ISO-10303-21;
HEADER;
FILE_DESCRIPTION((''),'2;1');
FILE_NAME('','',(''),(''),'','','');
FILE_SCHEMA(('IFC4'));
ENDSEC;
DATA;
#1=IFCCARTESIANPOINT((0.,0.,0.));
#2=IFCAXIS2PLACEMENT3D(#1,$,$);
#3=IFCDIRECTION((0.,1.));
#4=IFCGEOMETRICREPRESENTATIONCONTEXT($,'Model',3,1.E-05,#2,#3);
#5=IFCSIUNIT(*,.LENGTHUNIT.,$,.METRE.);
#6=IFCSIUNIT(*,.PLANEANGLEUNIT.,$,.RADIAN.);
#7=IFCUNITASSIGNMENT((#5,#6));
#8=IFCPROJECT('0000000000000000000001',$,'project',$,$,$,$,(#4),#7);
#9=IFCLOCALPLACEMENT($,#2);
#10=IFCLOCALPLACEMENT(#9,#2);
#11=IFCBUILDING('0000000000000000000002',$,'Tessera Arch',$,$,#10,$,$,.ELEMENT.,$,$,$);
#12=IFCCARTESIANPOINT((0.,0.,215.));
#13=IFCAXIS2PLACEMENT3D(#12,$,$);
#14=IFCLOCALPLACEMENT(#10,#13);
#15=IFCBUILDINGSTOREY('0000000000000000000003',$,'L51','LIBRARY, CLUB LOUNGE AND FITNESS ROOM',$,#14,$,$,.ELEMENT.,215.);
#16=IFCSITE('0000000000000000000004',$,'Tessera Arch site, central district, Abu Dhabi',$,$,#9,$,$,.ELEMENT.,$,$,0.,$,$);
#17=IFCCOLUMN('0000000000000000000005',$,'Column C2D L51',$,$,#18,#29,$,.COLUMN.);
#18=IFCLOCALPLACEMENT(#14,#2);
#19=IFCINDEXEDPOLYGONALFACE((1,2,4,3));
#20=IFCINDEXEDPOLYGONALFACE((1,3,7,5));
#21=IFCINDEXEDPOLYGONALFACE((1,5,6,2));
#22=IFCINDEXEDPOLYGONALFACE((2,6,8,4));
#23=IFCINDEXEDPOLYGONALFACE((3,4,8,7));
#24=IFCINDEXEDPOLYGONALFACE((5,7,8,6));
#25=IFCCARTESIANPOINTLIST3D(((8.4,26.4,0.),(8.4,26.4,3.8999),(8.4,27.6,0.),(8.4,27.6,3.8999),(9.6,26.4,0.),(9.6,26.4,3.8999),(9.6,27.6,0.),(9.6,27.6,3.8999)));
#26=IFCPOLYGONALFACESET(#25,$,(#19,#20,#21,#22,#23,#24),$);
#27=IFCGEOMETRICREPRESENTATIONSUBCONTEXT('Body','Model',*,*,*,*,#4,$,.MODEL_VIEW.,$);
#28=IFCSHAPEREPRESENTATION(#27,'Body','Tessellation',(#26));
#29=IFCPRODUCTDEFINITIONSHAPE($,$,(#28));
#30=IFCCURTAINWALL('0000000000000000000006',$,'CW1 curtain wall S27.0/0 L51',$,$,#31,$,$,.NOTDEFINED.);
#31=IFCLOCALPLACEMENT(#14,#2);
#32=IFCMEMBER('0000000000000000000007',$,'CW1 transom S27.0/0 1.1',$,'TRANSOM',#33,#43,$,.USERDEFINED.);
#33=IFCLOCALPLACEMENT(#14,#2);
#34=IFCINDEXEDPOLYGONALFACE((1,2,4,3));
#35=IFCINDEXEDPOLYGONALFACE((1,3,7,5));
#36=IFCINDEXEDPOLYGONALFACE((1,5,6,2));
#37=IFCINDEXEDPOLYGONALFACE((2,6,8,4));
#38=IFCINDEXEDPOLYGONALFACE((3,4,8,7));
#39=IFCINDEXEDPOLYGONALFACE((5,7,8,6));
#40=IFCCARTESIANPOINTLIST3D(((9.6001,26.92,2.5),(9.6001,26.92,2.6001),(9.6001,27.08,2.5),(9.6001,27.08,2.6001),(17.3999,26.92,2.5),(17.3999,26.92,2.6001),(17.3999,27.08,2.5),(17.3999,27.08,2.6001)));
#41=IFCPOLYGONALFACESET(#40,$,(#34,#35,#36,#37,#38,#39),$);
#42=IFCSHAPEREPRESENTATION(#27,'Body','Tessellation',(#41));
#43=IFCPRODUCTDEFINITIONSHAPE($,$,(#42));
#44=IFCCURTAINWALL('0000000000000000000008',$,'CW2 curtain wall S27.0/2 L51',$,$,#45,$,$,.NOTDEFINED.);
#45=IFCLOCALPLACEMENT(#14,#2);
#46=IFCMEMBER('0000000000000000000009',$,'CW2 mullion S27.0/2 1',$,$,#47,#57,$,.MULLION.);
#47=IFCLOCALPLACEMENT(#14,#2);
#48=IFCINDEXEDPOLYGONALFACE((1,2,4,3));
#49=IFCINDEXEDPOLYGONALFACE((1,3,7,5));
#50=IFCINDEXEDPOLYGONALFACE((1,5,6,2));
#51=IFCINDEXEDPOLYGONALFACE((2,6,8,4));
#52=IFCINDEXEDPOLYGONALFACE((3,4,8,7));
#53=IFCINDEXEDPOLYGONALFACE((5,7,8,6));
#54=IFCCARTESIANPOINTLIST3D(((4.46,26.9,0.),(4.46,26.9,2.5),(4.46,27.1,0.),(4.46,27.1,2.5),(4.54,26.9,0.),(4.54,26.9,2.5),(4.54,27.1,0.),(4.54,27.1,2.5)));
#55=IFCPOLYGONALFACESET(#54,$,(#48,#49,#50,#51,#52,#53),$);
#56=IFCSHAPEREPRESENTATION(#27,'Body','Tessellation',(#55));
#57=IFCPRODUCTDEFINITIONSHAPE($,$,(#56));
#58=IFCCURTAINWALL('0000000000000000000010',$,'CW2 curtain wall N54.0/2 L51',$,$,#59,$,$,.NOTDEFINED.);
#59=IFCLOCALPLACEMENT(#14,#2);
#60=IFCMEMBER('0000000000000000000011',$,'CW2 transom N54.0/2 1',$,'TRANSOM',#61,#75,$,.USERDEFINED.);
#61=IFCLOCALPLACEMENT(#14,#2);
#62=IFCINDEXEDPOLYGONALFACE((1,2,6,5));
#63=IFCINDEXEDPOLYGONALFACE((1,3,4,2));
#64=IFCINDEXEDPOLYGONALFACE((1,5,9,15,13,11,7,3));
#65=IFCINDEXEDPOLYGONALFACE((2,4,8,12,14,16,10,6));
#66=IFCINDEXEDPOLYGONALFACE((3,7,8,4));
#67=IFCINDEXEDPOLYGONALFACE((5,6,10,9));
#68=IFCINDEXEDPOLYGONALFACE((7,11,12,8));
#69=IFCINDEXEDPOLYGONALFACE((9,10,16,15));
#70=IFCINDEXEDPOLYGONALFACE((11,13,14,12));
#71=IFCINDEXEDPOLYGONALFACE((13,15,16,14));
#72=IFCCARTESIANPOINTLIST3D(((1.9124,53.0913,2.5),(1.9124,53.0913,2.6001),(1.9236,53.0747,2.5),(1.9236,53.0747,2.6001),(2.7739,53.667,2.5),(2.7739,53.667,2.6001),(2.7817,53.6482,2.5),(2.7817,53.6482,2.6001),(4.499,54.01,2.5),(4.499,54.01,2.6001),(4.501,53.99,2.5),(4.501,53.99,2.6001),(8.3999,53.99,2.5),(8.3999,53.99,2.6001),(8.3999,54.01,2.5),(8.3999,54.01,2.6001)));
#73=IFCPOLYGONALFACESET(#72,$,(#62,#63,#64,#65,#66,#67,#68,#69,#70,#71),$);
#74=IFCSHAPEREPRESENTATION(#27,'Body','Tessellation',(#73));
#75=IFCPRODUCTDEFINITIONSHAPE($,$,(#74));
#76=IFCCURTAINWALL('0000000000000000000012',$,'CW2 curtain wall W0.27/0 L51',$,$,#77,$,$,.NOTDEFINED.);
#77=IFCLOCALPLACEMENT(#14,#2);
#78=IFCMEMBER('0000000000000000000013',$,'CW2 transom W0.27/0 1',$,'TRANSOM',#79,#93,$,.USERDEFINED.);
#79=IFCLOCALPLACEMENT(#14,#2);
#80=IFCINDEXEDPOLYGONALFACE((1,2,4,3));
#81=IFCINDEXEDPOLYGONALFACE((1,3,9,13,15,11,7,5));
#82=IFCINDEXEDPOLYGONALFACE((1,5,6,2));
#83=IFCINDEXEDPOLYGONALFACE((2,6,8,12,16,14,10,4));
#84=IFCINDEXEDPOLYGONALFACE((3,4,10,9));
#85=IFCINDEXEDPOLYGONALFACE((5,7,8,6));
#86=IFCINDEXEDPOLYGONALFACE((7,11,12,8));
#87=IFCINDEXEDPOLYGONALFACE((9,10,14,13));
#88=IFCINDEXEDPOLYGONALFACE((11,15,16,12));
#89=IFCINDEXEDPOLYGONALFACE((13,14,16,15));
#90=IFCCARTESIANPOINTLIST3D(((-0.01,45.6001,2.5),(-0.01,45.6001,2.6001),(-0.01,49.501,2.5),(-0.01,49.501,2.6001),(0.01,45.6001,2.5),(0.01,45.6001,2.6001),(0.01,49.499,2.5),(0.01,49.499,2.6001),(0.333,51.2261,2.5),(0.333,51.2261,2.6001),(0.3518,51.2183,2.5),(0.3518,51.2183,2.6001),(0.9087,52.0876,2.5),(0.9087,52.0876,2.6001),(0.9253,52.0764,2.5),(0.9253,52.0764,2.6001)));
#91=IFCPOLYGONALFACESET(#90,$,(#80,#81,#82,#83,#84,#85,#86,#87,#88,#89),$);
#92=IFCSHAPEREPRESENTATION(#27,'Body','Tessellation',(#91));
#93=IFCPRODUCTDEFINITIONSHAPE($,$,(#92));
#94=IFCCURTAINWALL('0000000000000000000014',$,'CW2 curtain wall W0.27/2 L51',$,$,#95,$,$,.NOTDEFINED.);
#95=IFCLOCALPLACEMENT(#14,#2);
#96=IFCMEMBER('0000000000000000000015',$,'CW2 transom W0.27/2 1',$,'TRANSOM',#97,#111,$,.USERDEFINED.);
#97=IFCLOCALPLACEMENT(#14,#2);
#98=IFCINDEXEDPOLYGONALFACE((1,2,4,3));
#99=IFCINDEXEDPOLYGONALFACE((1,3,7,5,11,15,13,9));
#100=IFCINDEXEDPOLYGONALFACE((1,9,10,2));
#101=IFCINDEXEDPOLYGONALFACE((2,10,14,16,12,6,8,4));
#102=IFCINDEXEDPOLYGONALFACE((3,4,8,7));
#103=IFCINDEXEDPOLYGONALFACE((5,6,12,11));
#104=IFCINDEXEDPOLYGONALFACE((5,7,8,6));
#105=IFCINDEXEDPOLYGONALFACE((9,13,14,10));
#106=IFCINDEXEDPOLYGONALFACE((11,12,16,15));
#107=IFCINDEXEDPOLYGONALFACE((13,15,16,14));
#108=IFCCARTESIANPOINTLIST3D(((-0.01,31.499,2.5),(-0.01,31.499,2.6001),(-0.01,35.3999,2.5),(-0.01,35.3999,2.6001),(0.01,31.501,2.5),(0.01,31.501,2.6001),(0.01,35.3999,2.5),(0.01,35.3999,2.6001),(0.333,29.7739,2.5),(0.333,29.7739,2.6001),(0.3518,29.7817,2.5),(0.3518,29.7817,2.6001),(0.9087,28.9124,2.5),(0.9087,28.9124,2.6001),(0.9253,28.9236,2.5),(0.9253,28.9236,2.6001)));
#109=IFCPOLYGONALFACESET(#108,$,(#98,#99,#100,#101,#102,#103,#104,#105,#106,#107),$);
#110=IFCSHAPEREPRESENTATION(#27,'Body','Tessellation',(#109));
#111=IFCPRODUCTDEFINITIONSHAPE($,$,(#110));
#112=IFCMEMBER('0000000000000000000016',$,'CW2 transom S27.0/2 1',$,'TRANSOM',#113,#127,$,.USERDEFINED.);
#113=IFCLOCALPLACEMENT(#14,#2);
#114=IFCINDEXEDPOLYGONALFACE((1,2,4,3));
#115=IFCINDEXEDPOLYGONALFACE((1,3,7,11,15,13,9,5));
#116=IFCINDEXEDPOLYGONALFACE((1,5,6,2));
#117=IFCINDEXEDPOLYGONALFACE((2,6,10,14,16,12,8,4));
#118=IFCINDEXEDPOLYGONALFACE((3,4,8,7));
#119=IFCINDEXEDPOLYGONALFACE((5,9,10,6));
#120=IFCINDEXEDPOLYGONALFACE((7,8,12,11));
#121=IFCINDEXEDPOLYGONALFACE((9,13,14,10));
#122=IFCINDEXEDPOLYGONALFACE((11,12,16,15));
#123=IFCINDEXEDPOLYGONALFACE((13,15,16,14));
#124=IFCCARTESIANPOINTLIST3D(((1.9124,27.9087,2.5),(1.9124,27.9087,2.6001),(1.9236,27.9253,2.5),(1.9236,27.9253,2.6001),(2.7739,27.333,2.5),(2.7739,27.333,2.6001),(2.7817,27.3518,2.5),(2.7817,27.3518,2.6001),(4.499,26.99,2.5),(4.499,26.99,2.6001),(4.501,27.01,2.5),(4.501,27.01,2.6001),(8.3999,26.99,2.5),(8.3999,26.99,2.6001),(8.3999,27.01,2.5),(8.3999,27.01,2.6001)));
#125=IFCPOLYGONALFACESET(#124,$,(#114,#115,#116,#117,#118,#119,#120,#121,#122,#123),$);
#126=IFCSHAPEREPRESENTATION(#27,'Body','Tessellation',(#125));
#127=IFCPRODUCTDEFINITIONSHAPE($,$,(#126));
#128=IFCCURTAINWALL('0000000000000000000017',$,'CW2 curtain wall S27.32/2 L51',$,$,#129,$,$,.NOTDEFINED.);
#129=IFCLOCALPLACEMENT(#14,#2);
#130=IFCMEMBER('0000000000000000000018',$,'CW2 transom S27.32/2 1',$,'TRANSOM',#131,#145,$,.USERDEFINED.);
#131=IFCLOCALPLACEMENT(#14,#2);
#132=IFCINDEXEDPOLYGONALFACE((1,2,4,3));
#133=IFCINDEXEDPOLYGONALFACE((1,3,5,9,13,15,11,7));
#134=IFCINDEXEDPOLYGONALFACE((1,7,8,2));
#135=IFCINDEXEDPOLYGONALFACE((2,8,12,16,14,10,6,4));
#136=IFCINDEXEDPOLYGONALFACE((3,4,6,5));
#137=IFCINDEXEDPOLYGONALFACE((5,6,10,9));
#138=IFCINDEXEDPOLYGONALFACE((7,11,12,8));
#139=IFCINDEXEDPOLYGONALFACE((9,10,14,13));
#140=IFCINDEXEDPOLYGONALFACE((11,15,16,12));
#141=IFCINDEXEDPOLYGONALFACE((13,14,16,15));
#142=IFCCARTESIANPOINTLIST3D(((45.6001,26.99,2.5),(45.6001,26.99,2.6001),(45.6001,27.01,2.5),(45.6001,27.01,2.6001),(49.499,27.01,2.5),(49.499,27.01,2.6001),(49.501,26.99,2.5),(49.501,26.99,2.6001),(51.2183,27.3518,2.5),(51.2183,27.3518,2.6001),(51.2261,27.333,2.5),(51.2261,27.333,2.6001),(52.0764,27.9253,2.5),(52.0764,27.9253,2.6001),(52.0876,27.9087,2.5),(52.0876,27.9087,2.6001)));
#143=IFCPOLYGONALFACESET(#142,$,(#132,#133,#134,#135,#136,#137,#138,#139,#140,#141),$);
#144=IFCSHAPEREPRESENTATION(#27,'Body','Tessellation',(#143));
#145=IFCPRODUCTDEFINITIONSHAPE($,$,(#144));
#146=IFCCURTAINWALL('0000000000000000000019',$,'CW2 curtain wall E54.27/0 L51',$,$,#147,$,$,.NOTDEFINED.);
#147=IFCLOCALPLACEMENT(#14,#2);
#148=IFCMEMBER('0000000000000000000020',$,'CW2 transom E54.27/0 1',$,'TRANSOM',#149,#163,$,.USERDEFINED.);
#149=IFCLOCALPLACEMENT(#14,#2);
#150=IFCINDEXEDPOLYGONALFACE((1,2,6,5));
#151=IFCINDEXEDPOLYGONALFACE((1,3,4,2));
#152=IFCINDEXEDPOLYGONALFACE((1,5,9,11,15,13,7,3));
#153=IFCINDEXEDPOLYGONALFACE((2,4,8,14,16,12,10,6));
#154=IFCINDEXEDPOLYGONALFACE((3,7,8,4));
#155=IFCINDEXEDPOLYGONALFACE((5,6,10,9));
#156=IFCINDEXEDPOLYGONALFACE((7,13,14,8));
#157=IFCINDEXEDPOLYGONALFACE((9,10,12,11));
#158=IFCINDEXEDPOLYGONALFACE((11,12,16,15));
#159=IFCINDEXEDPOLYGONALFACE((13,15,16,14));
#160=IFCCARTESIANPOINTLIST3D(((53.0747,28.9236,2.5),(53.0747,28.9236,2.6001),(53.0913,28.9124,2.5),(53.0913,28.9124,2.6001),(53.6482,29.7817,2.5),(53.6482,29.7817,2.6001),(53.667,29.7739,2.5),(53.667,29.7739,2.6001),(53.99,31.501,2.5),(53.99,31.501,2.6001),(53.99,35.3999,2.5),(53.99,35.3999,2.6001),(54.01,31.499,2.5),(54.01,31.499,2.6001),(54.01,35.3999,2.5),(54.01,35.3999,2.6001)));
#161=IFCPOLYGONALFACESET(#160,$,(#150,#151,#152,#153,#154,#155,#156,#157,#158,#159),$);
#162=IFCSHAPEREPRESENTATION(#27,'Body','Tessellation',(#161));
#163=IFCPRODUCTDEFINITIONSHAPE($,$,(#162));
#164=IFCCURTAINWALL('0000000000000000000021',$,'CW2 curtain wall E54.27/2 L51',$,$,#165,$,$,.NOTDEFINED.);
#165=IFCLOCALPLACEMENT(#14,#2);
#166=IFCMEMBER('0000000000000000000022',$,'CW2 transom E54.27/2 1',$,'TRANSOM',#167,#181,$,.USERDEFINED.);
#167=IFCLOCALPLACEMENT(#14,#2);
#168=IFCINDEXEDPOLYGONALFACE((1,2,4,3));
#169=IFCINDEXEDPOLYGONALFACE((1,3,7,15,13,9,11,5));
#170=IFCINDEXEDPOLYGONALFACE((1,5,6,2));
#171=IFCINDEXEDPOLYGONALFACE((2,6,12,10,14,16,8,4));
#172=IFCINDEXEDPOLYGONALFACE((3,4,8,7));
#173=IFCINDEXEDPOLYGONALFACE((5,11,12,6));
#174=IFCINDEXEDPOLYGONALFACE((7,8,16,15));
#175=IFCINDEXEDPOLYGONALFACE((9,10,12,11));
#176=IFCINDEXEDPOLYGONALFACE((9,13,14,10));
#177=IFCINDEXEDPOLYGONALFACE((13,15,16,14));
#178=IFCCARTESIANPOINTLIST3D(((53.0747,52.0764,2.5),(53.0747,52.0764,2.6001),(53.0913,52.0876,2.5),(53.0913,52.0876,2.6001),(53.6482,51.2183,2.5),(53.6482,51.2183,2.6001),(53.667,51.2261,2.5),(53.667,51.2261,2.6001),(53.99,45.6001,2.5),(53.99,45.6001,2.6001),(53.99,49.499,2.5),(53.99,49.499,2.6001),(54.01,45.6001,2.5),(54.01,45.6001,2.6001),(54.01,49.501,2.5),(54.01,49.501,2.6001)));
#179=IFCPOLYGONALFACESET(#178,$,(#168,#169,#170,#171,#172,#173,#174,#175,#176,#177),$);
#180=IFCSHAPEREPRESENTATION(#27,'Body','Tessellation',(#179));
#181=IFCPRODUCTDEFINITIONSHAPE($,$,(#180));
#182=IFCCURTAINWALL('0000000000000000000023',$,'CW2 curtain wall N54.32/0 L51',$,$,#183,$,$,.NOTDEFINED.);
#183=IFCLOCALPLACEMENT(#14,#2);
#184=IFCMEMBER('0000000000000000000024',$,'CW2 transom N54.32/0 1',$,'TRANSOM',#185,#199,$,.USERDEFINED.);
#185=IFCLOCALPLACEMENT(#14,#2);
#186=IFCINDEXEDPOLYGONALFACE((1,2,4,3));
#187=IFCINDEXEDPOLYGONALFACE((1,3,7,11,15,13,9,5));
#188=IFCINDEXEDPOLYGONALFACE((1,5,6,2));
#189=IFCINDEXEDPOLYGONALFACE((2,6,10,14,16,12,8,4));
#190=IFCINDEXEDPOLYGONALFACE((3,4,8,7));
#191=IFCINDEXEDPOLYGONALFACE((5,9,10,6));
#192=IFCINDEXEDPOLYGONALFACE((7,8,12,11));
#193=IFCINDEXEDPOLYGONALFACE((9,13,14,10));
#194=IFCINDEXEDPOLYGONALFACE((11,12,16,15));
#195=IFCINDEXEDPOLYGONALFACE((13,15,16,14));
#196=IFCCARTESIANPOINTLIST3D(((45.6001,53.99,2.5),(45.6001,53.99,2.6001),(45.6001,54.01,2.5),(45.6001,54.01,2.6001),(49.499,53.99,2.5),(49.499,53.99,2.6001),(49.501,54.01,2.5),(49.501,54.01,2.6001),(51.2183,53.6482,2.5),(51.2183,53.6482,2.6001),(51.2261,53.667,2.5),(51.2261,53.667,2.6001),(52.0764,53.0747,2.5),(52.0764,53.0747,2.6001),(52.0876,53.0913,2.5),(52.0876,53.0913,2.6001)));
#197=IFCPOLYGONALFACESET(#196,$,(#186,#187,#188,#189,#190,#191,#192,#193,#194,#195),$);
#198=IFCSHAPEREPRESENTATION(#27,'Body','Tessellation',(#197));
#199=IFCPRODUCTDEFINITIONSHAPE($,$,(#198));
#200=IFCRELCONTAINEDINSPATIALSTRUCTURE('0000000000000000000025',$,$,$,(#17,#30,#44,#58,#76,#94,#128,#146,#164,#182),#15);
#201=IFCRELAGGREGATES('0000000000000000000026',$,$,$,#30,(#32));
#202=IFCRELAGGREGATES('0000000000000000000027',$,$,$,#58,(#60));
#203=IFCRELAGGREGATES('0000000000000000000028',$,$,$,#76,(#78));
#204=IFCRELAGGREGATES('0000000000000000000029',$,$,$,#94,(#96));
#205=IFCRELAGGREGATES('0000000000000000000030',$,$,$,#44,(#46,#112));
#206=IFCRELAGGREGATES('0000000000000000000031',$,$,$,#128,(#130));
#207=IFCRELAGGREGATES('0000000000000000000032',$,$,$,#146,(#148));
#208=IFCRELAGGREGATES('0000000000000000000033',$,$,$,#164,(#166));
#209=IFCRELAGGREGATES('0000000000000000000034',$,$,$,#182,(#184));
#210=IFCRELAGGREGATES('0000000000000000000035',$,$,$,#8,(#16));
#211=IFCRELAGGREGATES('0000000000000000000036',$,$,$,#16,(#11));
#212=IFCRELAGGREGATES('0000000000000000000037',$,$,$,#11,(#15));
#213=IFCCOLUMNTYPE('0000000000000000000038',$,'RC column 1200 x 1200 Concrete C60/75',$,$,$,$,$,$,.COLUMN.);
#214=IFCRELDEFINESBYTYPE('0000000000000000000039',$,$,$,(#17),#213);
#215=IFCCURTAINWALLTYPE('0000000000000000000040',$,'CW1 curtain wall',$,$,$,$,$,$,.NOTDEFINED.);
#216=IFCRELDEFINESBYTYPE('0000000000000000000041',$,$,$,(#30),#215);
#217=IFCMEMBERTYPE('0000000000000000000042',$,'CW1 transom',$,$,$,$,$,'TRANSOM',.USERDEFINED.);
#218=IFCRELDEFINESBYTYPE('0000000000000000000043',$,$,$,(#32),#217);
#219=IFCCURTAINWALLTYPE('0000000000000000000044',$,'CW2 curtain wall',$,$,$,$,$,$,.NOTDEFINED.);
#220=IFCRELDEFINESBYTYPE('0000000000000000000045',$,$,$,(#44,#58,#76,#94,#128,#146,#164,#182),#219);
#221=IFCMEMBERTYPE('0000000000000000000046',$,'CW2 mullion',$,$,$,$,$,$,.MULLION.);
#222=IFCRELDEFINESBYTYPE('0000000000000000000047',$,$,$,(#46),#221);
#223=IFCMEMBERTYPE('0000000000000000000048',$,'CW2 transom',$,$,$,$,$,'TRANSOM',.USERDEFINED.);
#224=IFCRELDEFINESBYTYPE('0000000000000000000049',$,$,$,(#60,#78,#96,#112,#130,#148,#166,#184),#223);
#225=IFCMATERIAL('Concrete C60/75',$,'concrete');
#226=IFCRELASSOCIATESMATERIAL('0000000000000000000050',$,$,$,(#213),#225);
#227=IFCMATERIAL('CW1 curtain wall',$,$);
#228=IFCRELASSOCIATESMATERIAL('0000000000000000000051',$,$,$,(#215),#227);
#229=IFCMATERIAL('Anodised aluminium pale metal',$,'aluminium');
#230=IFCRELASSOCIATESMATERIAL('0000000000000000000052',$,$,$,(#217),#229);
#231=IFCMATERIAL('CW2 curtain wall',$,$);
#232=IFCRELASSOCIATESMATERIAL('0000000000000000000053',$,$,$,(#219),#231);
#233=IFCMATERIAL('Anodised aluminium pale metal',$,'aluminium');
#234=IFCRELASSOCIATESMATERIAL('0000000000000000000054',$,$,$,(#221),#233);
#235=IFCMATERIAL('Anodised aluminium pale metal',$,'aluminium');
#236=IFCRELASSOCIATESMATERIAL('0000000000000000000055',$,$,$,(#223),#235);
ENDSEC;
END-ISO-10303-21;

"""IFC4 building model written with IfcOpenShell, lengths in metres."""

from ifc_helpers import new_model, si_unit, direction, frame, origin, origin_2d, place, context, subcontext, project, spatial, polyline, rectangle, outline, extrude, material, material_profile, profile_set, type_object, element, aggregate, save


model = new_model("IFC4")

# Units and contexts
model_context = context("Model", 3, precision=1e-05, world=origin(), true_north=direction((0.0, 1.0)))
body_context = subcontext(model_context, "Body", "Model", "MODEL_VIEW")
ifc_project = project(units=[si_unit("LENGTHUNIT", "METRE"), si_unit("PLANEANGLEUNIT", "RADIAN")], contexts=[model_context])

# Site, building, storey
site_placement = place(None, origin())
site = spatial("IfcSite", under=ifc_project, at=site_placement, Name="Tessera Arch site, central district, Abu Dhabi", CompositionType="ELEMENT", RefElevation=0.0)
building_placement = place(site_placement, origin())
building = spatial("IfcBuilding", under=site, at=building_placement, Name="Tessera Arch", CompositionType="ELEMENT")
storey_placement = place(building_placement, frame((0.0, 0.0, 215.0)))
storey = spatial("IfcBuildingStorey", under=building, at=storey_placement, Name="L51", Description="LIBRARY, CLUB LOUNGE AND FITNESS ROOM", CompositionType="ELEMENT", Elevation=215.0)

# Column
ifc_material_1 = material(Name="Concrete C60/75", Category="concrete")
ifc_material_profile_1 = material_profile(ifc_material_1, rectangle(XDim=1.2, YDim=1.2, at=origin_2d()), Name="RC column 1200 x 1200 Concrete C60/75")
ifc_profile_set_1 = profile_set([ifc_material_profile_1], Name="Concrete C60/75")
column_type = type_object("IfcColumnType", Name="RC column 1200 x 1200 Concrete C60/75", PredefinedType="COLUMN", material=ifc_profile_set_1)
column_placement = place(storey_placement, frame((9.0, 27.0, 0.0), z_axis=(0.0, 0.0, 1.0), x_axis=(1.0, 0.0, 0.0)))
element("IfcColumn", 1, at=column_placement, inside=storey, type_object=column_type, Name="Column C2D L51", PredefinedType="COLUMN", context=body_context, shape_type="SweptSolid", body=[
    extrude(rectangle(XDim=1.2, YDim=1.2, at=origin_2d()), origin(), (0.0, 0.0, 1.0), 3.8999),
])

# Curtain walls, members
ifc_material_2 = material(Name="CW1 curtain wall")
curtain_wall_type_1 = type_object("IfcCurtainWallType", Name="CW1 curtain wall", PredefinedType="NOTDEFINED", material=ifc_material_2)
curtain_wall_1_placement = place(storey_placement, origin())
curtain_wall_1 = element("IfcCurtainWall", 2, at=curtain_wall_1_placement, inside=storey, type_object=curtain_wall_type_1, Name="CW1 curtain wall S27.0/0 L51", PredefinedType="NOTDEFINED")
ifc_material_3 = material(Name="Anodised aluminium pale metal", Category="aluminium")
ifc_material_profile_2 = material_profile(ifc_material_3, rectangle(XDim=0.1599, YDim=0.1001, at=origin_2d()), Name="AL 160x100")
ifc_profile_set_2 = profile_set([ifc_material_profile_2], Name="Anodised aluminium pale metal")
member_type_1 = type_object("IfcMemberType", Name="CW1 transom", ElementType="TRANSOM", PredefinedType="USERDEFINED", material=ifc_profile_set_2)
member_1_placement = place(storey_placement, frame((9.6001, 27.0, 2.55), z_axis=(1.0, 0.0, 0.0), x_axis=(0.0, 1.0, 0.0)))
member_1 = element("IfcMember", 3, at=member_1_placement, type_object=member_type_1, Name="CW1 transom S27.0/0 1.1", ObjectType="TRANSOM", PredefinedType="USERDEFINED", context=body_context, shape_type="SweptSolid", body=[
    extrude(rectangle(XDim=0.1599, YDim=0.1001, at=origin_2d()), origin(), (0.0, 0.0, 1.0), 7.7998),
])
ifc_material_4 = material(Name="CW2 curtain wall")
curtain_wall_type_2 = type_object("IfcCurtainWallType", Name="CW2 curtain wall", PredefinedType="NOTDEFINED", material=ifc_material_4)
curtain_wall_2_placement = place(storey_placement, origin())
curtain_wall_2 = element("IfcCurtainWall", 4, at=curtain_wall_2_placement, inside=storey, type_object=curtain_wall_type_2, Name="CW2 curtain wall S27.0/2 L51", PredefinedType="NOTDEFINED")
ifc_material_5 = material(Name="Anodised aluminium pale metal", Category="aluminium")
ifc_material_profile_3 = material_profile(ifc_material_5, rectangle(XDim=0.2, YDim=0.0801, at=origin_2d()), Name="AL 80x200")
ifc_profile_set_3 = profile_set([ifc_material_profile_3], Name="Anodised aluminium pale metal")
member_type_2 = type_object("IfcMemberType", Name="CW2 mullion", PredefinedType="MULLION", material=ifc_profile_set_3)
member_2_placement = place(storey_placement, frame((4.5, 27.0, 0.0), z_axis=(0.0, 0.0, 1.0), x_axis=(0.0, 1.0, 0.0)))
member_2 = element("IfcMember", 5, at=member_2_placement, type_object=member_type_2, Name="CW2 mullion S27.0/2 1", PredefinedType="MULLION", context=body_context, shape_type="SweptSolid", body=[
    extrude(rectangle(XDim=0.2, YDim=0.0801, at=origin_2d()), origin(), (0.0, 0.0, 1.0), 2.5),
])
curtain_wall_3_placement = place(storey_placement, origin())
curtain_wall_3 = element("IfcCurtainWall", 6, at=curtain_wall_3_placement, inside=storey, type_object=curtain_wall_type_2, Name="CW2 curtain wall N54.0/2 L51", PredefinedType="NOTDEFINED")
ifc_material_6 = material(Name="Anodised aluminium pale metal", Category="aluminium")
ifc_material_profile_4 = material_profile(ifc_material_6, rectangle(XDim=0.2, YDim=0.1001, at=origin_2d()), Name="AL 200x100")
ifc_profile_set_4 = profile_set([ifc_material_profile_4], Name="Anodised aluminium pale metal")
member_type_3 = type_object("IfcMemberType", Name="CW2 transom", ElementType="TRANSOM", PredefinedType="USERDEFINED", material=ifc_profile_set_4)
member_3_placement = place(storey_placement, frame((0.0, 0.0, 2.5)))
member_3 = element("IfcMember", 7, at=member_3_placement, type_object=member_type_3, Name="CW2 transom N54.0/2 1", ObjectType="TRANSOM", PredefinedType="USERDEFINED", context=body_context, shape_type="SweptSolid", body=[
    extrude(outline(polyline([(4.501, 53.99), (8.3999, 53.99), (8.3999, 54.01), (4.499, 54.01), (2.7739, 53.667), (1.9124, 53.0913), (1.9236, 53.0747), (2.7817, 53.6482), (4.501, 53.99)])), origin(), (0.0, 0.0, 1.0), 0.1001),
])
curtain_wall_4_placement = place(storey_placement, origin())
curtain_wall_4 = element("IfcCurtainWall", 8, at=curtain_wall_4_placement, inside=storey, type_object=curtain_wall_type_2, Name="CW2 curtain wall W0.27/0 L51", PredefinedType="NOTDEFINED")
member_4_placement = place(storey_placement, frame((0.0, 0.0, 2.5)))
member_4 = element("IfcMember", 9, at=member_4_placement, type_object=member_type_3, Name="CW2 transom W0.27/0 1", ObjectType="TRANSOM", PredefinedType="USERDEFINED", context=body_context, shape_type="SweptSolid", body=[
    extrude(outline(polyline([(0.3518, 51.2183), (0.9253, 52.0764), (0.9087, 52.0876), (0.333, 51.2261), (-0.01, 49.501), (-0.01, 45.6001), (0.01, 45.6001), (0.01, 49.499), (0.3518, 51.2183)])), origin(), (0.0, 0.0, 1.0), 0.1001),
])
curtain_wall_5_placement = place(storey_placement, origin())
curtain_wall_5 = element("IfcCurtainWall", 10, at=curtain_wall_5_placement, inside=storey, type_object=curtain_wall_type_2, Name="CW2 curtain wall W0.27/2 L51", PredefinedType="NOTDEFINED")
member_5_placement = place(storey_placement, frame((0.0, 0.0, 2.5)))
member_5 = element("IfcMember", 11, at=member_5_placement, type_object=member_type_3, Name="CW2 transom W0.27/2 1", ObjectType="TRANSOM", PredefinedType="USERDEFINED", context=body_context, shape_type="SweptSolid", body=[
    extrude(outline(polyline([(0.01, 31.501), (0.01, 35.3999), (-0.01, 35.3999), (-0.01, 31.499), (0.333, 29.7739), (0.9087, 28.9124), (0.9253, 28.9236), (0.3518, 29.7817), (0.01, 31.501)])), origin(), (0.0, 0.0, 1.0), 0.1001),
])

# Member
member_6_placement = place(storey_placement, frame((0.0, 0.0, 2.5)))
member_6 = element("IfcMember", 12, at=member_6_placement, type_object=member_type_3, Name="CW2 transom S27.0/2 1", ObjectType="TRANSOM", PredefinedType="USERDEFINED", context=body_context, shape_type="SweptSolid", body=[
    extrude(outline(polyline([(2.7817, 27.3518), (1.9236, 27.9253), (1.9124, 27.9087), (2.7739, 27.333), (4.499, 26.99), (8.3999, 26.99), (8.3999, 27.01), (4.501, 27.01), (2.7817, 27.3518)])), origin(), (0.0, 0.0, 1.0), 0.1001),
])

# Curtain walls, members
curtain_wall_6_placement = place(storey_placement, origin())
curtain_wall_6 = element("IfcCurtainWall", 13, at=curtain_wall_6_placement, inside=storey, type_object=curtain_wall_type_2, Name="CW2 curtain wall S27.32/2 L51", PredefinedType="NOTDEFINED")
member_7_placement = place(storey_placement, frame((0.0, 0.0, 2.5)))
member_7 = element("IfcMember", 14, at=member_7_placement, type_object=member_type_3, Name="CW2 transom S27.32/2 1", ObjectType="TRANSOM", PredefinedType="USERDEFINED", context=body_context, shape_type="SweptSolid", body=[
    extrude(outline(polyline([(49.499, 27.01), (45.6001, 27.01), (45.6001, 26.99), (49.501, 26.99), (51.2261, 27.333), (52.0876, 27.9087), (52.0764, 27.9253), (51.2183, 27.3518), (49.499, 27.01)])), origin(), (0.0, 0.0, 1.0), 0.1001),
])
curtain_wall_7_placement = place(storey_placement, origin())
curtain_wall_7 = element("IfcCurtainWall", 15, at=curtain_wall_7_placement, inside=storey, type_object=curtain_wall_type_2, Name="CW2 curtain wall E54.27/0 L51", PredefinedType="NOTDEFINED")
member_8_placement = place(storey_placement, frame((0.0, 0.0, 2.5)))
member_8 = element("IfcMember", 16, at=member_8_placement, type_object=member_type_3, Name="CW2 transom E54.27/0 1", ObjectType="TRANSOM", PredefinedType="USERDEFINED", context=body_context, shape_type="SweptSolid", body=[
    extrude(outline(polyline([(53.6482, 29.7817), (53.0747, 28.9236), (53.0913, 28.9124), (53.667, 29.7739), (54.01, 31.499), (54.01, 35.3999), (53.99, 35.3999), (53.99, 31.501), (53.6482, 29.7817)])), origin(), (0.0, 0.0, 1.0), 0.1001),
])
curtain_wall_8_placement = place(storey_placement, origin())
curtain_wall_8 = element("IfcCurtainWall", 17, at=curtain_wall_8_placement, inside=storey, type_object=curtain_wall_type_2, Name="CW2 curtain wall E54.27/2 L51", PredefinedType="NOTDEFINED")
member_9_placement = place(storey_placement, frame((0.0, 0.0, 2.5)))
member_9 = element("IfcMember", 18, at=member_9_placement, type_object=member_type_3, Name="CW2 transom E54.27/2 1", ObjectType="TRANSOM", PredefinedType="USERDEFINED", context=body_context, shape_type="SweptSolid", body=[
    extrude(outline(polyline([(53.99, 49.499), (53.99, 45.6001), (54.01, 45.6001), (54.01, 49.501), (53.667, 51.2261), (53.0913, 52.0876), (53.0747, 52.0764), (53.6482, 51.2183), (53.99, 49.499)])), origin(), (0.0, 0.0, 1.0), 0.1001),
])
curtain_wall_9_placement = place(storey_placement, origin())
curtain_wall_9 = element("IfcCurtainWall", 19, at=curtain_wall_9_placement, inside=storey, type_object=curtain_wall_type_2, Name="CW2 curtain wall N54.32/0 L51", PredefinedType="NOTDEFINED")
member_10_placement = place(storey_placement, frame((0.0, 0.0, 2.5)))
member_10 = element("IfcMember", 20, at=member_10_placement, type_object=member_type_3, Name="CW2 transom N54.32/0 1", ObjectType="TRANSOM", PredefinedType="USERDEFINED", context=body_context, shape_type="SweptSolid", body=[
    extrude(outline(polyline([(51.2183, 53.6482), (52.0764, 53.0747), (52.0876, 53.0913), (51.2261, 53.667), (49.501, 54.01), (45.6001, 54.01), (45.6001, 53.99), (49.499, 53.99), (51.2183, 53.6482)])), origin(), (0.0, 0.0, 1.0), 0.1001),
])

aggregate(curtain_wall_1, [member_1])

aggregate(curtain_wall_3, [member_3])
aggregate(curtain_wall_4, [member_4])
aggregate(curtain_wall_5, [member_5])
aggregate(curtain_wall_2, [member_2, member_6])
aggregate(curtain_wall_6, [member_7])
aggregate(curtain_wall_7, [member_8])
aggregate(curtain_wall_8, [member_9])
aggregate(curtain_wall_9, [member_10])

save(model, "model.ifc")
